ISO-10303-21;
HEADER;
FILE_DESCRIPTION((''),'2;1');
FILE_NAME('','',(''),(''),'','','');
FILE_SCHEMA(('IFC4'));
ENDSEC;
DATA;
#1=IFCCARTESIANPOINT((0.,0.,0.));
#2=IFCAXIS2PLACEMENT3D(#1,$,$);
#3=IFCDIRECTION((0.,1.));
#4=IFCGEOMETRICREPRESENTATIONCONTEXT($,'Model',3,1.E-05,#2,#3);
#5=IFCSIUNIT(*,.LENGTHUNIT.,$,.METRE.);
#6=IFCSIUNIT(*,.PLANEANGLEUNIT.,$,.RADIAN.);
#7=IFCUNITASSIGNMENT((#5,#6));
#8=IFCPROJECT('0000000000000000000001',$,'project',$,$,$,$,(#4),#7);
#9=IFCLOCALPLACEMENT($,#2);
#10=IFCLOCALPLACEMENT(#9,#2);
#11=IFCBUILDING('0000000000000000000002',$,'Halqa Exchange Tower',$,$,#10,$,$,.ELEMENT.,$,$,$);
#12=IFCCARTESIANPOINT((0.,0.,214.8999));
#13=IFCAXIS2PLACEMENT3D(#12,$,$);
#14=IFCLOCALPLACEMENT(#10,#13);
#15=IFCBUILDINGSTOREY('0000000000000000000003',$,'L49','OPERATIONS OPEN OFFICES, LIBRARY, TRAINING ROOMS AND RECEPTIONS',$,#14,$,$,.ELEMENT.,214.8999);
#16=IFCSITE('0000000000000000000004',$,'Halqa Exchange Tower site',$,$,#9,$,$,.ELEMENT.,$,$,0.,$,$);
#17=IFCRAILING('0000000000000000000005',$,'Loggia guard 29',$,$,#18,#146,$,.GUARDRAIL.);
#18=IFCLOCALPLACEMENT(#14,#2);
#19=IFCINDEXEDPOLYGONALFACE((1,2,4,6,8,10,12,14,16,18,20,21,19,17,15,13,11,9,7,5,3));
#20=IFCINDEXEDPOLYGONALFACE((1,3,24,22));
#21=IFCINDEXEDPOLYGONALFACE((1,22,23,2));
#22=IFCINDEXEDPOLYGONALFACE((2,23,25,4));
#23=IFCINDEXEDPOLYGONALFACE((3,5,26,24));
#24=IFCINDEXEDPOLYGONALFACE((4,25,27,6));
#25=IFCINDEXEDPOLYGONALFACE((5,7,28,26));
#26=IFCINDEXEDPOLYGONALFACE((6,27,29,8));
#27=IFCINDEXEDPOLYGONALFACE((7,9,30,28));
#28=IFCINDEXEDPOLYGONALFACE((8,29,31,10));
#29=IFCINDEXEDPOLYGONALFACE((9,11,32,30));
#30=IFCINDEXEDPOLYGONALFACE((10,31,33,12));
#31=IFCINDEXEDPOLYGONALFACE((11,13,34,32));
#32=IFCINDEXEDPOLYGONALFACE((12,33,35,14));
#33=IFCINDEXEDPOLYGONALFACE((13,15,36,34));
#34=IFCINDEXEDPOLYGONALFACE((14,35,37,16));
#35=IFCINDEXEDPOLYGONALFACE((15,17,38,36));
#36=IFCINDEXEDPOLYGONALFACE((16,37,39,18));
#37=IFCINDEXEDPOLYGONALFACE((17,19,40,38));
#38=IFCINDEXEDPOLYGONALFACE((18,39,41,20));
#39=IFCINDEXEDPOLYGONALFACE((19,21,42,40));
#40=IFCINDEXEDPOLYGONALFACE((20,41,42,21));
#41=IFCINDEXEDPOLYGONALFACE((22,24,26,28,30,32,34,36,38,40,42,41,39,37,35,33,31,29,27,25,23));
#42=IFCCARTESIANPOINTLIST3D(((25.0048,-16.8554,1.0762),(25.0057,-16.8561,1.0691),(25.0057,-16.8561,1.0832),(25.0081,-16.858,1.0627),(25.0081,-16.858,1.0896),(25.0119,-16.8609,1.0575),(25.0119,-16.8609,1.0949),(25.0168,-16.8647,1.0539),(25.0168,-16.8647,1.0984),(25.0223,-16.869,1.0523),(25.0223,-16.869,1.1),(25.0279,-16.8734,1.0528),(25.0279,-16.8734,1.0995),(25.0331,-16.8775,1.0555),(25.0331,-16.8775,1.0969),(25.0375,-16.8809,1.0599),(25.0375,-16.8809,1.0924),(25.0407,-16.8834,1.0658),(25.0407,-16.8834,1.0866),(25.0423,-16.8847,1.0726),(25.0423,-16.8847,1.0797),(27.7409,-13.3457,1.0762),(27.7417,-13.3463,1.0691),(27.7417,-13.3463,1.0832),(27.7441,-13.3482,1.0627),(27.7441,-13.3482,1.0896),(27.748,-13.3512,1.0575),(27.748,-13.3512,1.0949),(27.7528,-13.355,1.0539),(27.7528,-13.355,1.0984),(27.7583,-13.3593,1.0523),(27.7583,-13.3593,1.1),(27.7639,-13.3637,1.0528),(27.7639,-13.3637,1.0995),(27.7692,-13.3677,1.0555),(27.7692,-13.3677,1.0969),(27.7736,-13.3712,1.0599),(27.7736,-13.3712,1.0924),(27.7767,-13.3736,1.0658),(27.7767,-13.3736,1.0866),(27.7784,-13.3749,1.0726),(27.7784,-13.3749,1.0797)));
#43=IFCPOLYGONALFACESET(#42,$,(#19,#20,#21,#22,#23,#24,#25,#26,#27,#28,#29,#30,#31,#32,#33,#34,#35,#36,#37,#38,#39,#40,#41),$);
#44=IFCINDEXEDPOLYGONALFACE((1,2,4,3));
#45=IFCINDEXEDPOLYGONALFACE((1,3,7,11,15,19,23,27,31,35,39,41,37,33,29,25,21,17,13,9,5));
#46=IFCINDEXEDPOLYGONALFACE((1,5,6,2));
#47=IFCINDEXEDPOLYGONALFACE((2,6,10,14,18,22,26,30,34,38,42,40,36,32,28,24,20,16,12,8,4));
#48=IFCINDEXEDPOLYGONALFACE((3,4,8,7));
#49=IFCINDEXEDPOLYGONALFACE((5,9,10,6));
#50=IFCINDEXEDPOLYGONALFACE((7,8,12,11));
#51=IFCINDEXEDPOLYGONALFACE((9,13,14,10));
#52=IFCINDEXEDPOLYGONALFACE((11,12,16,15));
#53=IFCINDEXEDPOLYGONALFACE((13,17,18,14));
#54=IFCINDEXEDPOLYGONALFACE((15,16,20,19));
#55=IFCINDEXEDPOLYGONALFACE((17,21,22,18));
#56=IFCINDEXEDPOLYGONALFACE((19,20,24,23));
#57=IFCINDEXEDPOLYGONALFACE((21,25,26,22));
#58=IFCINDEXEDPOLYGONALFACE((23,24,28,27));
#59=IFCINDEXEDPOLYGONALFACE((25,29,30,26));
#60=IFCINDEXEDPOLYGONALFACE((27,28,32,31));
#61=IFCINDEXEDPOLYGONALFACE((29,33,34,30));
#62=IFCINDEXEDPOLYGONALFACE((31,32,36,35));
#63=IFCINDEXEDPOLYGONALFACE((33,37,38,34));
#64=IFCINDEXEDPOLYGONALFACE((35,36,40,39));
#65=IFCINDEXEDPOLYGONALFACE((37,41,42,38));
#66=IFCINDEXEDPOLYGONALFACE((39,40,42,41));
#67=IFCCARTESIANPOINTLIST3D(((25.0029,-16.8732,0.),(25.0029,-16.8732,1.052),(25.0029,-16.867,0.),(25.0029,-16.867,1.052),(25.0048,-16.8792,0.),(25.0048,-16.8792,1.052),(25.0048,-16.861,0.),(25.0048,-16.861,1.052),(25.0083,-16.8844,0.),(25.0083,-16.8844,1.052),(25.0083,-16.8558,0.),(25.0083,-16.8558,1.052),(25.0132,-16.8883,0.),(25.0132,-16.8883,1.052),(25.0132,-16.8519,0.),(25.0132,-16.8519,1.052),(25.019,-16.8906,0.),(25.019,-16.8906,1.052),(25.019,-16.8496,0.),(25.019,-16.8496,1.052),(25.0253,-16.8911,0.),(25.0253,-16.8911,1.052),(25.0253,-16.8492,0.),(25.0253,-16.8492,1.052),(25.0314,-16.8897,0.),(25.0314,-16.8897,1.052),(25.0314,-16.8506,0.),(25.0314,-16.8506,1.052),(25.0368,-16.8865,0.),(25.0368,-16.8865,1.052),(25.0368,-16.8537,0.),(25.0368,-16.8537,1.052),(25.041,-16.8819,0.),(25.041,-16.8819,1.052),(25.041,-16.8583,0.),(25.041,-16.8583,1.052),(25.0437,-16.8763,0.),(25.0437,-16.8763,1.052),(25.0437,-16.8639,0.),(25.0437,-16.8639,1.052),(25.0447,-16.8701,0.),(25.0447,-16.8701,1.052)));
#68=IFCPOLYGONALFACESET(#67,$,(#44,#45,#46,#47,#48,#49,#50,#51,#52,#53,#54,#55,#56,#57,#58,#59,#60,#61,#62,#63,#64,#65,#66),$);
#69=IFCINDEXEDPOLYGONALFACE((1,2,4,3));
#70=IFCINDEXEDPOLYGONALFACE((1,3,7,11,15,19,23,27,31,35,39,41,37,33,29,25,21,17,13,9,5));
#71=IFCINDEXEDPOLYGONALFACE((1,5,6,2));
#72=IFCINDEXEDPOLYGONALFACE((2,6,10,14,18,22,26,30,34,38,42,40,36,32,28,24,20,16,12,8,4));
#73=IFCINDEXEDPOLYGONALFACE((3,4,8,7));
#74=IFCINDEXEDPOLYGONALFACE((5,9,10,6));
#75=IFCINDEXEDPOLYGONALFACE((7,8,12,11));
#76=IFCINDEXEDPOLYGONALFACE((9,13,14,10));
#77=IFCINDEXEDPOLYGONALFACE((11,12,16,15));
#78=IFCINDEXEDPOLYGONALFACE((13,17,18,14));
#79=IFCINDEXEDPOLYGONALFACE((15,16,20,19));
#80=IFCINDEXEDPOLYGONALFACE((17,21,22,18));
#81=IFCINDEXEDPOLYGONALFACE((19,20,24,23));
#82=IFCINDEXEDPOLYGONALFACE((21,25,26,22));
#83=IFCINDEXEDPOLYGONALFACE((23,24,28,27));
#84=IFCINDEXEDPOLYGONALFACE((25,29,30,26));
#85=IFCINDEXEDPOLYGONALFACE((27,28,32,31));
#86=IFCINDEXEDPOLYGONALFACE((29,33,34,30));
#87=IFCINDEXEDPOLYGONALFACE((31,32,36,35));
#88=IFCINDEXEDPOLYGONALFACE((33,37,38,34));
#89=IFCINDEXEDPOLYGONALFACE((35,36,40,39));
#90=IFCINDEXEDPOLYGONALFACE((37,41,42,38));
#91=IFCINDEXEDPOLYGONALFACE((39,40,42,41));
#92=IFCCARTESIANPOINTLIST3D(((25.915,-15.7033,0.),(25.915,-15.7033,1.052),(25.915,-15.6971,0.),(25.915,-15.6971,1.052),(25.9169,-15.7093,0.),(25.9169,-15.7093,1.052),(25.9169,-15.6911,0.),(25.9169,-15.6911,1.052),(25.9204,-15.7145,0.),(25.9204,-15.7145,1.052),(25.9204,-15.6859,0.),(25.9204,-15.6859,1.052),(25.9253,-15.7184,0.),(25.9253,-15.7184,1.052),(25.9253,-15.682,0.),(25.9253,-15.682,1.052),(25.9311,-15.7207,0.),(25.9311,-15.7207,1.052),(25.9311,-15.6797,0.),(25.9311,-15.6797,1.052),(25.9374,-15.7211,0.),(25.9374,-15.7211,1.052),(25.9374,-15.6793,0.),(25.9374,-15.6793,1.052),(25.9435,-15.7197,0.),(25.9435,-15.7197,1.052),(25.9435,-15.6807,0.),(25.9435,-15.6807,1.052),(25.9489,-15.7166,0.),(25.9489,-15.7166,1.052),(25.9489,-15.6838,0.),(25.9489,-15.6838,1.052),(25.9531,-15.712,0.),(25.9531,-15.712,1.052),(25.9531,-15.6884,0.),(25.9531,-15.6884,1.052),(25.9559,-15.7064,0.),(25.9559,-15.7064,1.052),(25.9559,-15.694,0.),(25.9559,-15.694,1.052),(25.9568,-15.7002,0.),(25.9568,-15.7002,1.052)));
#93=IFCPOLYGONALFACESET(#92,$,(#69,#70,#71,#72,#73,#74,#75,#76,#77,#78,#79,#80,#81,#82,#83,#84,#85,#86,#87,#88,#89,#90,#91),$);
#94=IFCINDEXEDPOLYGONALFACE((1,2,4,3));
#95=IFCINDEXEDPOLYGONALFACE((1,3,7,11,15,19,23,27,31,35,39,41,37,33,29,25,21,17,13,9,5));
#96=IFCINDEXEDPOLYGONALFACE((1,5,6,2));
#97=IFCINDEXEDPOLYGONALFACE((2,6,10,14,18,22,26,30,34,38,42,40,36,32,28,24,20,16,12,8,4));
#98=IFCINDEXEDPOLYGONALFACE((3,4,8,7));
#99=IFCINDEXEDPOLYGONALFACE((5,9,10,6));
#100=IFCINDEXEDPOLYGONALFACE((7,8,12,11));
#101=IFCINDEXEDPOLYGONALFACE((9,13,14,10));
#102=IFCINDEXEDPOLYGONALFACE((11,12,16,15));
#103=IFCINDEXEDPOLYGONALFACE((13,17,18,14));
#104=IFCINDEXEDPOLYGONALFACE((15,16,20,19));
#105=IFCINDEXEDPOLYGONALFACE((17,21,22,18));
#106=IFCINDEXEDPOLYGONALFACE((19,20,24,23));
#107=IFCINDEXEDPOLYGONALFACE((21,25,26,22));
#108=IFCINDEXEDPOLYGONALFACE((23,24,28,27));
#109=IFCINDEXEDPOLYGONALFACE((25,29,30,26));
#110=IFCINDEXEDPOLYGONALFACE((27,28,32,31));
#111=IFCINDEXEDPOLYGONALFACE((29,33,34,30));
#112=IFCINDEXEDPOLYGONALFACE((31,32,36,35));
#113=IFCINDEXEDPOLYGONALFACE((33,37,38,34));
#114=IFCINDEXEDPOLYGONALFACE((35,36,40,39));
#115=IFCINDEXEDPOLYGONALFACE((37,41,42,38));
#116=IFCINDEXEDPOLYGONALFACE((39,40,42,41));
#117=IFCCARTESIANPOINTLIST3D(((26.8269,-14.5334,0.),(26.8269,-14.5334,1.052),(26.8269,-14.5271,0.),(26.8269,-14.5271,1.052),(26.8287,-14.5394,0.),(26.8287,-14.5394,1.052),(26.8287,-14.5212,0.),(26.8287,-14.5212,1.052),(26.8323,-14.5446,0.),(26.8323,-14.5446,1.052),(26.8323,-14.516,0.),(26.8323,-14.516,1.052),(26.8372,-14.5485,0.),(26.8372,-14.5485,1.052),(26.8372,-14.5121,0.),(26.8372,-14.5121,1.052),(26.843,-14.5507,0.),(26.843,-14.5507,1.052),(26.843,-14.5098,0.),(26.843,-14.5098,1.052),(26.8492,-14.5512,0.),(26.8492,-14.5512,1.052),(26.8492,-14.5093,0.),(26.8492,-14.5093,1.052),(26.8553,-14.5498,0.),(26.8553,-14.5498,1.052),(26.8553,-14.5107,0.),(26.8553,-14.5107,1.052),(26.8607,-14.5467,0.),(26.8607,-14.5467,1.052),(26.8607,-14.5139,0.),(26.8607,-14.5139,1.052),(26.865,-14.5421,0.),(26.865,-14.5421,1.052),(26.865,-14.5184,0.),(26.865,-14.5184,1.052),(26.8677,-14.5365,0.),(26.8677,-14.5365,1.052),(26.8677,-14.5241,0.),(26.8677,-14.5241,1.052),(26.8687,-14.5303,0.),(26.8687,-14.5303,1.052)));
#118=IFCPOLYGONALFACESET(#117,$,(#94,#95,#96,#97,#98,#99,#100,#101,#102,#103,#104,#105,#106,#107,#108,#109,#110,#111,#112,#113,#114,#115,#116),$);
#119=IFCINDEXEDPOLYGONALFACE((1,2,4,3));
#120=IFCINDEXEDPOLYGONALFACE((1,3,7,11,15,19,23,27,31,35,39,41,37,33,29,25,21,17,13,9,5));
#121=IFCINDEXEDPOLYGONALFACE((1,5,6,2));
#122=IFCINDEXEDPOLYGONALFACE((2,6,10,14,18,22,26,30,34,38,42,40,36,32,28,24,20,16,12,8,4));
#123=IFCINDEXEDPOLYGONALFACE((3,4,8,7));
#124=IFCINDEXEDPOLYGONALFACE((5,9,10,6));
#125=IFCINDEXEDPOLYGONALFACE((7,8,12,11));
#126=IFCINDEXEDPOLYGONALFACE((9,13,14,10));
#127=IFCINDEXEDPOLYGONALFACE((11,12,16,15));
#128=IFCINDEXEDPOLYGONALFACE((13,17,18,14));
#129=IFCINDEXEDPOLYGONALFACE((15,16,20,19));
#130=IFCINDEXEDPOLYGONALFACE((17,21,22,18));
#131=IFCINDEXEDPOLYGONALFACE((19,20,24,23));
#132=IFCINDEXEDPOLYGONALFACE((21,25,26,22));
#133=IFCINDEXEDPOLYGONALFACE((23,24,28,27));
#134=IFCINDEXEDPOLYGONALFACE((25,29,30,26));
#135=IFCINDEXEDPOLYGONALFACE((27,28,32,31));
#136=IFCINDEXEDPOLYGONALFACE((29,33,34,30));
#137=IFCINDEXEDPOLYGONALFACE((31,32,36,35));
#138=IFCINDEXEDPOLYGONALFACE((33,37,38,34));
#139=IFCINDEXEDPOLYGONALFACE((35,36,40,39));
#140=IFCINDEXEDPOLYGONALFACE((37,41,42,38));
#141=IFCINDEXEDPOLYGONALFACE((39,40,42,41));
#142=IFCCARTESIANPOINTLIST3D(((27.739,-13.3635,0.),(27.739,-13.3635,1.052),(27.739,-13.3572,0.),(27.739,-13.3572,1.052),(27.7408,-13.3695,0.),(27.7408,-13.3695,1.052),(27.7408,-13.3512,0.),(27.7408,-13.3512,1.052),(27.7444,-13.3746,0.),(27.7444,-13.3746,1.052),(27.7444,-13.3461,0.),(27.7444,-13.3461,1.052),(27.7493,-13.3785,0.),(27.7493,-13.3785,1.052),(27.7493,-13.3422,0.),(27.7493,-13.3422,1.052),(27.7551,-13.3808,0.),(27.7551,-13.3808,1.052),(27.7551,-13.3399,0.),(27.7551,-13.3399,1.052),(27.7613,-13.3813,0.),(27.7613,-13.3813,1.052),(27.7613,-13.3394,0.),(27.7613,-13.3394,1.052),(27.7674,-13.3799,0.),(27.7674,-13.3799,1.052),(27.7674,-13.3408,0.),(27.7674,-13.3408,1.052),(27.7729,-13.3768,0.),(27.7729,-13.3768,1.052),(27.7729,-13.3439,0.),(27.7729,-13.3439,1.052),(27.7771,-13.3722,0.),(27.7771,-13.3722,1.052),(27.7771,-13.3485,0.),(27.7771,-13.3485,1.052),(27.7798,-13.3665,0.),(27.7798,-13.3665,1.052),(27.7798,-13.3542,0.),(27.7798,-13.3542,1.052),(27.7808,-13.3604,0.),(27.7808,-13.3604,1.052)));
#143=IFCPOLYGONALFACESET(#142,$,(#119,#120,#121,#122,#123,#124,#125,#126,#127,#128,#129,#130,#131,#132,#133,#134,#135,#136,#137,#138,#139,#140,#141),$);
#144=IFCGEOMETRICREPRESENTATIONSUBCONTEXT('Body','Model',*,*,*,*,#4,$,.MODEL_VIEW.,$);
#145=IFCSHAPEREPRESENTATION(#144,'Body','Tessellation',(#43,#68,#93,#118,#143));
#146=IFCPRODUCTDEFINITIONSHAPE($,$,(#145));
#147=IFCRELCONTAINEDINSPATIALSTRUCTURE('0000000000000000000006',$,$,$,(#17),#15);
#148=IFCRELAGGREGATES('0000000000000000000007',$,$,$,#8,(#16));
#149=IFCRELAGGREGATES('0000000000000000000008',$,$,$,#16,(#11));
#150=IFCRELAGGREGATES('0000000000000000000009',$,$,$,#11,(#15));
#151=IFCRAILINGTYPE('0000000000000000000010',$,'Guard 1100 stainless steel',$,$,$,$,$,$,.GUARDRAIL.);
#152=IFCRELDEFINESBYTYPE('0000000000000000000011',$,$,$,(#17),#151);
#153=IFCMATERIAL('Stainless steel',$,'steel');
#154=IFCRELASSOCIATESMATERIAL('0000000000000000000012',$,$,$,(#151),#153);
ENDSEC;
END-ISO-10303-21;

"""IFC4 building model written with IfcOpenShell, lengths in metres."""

from ifc_helpers import new_model, si_unit, direction, frame, origin, origin_2d, place, context, subcontext, project, spatial, circle, extrude, material, type_object, element, save


model = new_model("IFC4")

# Units and contexts
model_context = context("Model", 3, precision=1e-05, world=origin(), true_north=direction((0.0, 1.0)))
body_context = subcontext(model_context, "Body", "Model", "MODEL_VIEW")
ifc_project = project(units=[si_unit("LENGTHUNIT", "METRE"), si_unit("PLANEANGLEUNIT", "RADIAN")], contexts=[model_context])

# Site, building, storey
site_placement = place(None, origin())
site = spatial("IfcSite", under=ifc_project, at=site_placement, Name="Halqa Exchange Tower site", CompositionType="ELEMENT", RefElevation=0.0)
building_placement = place(site_placement, origin())
building = spatial("IfcBuilding", under=site, at=building_placement, Name="Halqa Exchange Tower", CompositionType="ELEMENT")
storey_placement = place(building_placement, frame((0.0, 0.0, 214.8999)))
storey = spatial("IfcBuildingStorey", under=building, at=storey_placement, Name="L49", Description="OPERATIONS OPEN OFFICES, LIBRARY, TRAINING ROOMS AND RECEPTIONS", CompositionType="ELEMENT", Elevation=214.8999)

# Railing
ifc_material_1 = material(Name="Stainless steel", Category="steel")
railing_type = type_object("IfcRailingType", Name="Guard 1100 stainless steel", PredefinedType="GUARDRAIL", material=ifc_material_1)
railing_1_placement = place(storey_placement, frame((25.0237, -16.8701, 0.0)))
element("IfcRailing", 1, at=railing_1_placement, inside=storey, type_object=railing_type, Name="Loggia guard 29", PredefinedType="GUARDRAIL", context=body_context, shape_type="SweptSolid", body=[
    extrude(circle(Radius=0.0239, at=origin_2d()), frame((0.0, 0.0, 1.0762), z_axis=(0.614818, 0.788669, 0.0), x_axis=(-0.788669, 0.614818, 0.0)), (0.0, 0.0, 1.0), 4.4502),
    extrude(circle(Radius=0.021, at=origin_2d()), origin(), (0.0, 0.0, 1.0), 1.052),
    extrude(circle(Radius=0.021, at=origin_2d()), frame((0.9121, 1.1699, 0.0)), (0.0, 0.0, 1.0), 1.052),
    extrude(circle(Radius=0.021, at=origin_2d()), frame((1.824, 2.3398, 0.0)), (0.0, 0.0, 1.0), 1.052),
    extrude(circle(Radius=0.021, at=origin_2d()), frame((2.7361, 3.5098, 0.0)), (0.0, 0.0, 1.0), 1.052),
])

save(model, "model.ifc")
